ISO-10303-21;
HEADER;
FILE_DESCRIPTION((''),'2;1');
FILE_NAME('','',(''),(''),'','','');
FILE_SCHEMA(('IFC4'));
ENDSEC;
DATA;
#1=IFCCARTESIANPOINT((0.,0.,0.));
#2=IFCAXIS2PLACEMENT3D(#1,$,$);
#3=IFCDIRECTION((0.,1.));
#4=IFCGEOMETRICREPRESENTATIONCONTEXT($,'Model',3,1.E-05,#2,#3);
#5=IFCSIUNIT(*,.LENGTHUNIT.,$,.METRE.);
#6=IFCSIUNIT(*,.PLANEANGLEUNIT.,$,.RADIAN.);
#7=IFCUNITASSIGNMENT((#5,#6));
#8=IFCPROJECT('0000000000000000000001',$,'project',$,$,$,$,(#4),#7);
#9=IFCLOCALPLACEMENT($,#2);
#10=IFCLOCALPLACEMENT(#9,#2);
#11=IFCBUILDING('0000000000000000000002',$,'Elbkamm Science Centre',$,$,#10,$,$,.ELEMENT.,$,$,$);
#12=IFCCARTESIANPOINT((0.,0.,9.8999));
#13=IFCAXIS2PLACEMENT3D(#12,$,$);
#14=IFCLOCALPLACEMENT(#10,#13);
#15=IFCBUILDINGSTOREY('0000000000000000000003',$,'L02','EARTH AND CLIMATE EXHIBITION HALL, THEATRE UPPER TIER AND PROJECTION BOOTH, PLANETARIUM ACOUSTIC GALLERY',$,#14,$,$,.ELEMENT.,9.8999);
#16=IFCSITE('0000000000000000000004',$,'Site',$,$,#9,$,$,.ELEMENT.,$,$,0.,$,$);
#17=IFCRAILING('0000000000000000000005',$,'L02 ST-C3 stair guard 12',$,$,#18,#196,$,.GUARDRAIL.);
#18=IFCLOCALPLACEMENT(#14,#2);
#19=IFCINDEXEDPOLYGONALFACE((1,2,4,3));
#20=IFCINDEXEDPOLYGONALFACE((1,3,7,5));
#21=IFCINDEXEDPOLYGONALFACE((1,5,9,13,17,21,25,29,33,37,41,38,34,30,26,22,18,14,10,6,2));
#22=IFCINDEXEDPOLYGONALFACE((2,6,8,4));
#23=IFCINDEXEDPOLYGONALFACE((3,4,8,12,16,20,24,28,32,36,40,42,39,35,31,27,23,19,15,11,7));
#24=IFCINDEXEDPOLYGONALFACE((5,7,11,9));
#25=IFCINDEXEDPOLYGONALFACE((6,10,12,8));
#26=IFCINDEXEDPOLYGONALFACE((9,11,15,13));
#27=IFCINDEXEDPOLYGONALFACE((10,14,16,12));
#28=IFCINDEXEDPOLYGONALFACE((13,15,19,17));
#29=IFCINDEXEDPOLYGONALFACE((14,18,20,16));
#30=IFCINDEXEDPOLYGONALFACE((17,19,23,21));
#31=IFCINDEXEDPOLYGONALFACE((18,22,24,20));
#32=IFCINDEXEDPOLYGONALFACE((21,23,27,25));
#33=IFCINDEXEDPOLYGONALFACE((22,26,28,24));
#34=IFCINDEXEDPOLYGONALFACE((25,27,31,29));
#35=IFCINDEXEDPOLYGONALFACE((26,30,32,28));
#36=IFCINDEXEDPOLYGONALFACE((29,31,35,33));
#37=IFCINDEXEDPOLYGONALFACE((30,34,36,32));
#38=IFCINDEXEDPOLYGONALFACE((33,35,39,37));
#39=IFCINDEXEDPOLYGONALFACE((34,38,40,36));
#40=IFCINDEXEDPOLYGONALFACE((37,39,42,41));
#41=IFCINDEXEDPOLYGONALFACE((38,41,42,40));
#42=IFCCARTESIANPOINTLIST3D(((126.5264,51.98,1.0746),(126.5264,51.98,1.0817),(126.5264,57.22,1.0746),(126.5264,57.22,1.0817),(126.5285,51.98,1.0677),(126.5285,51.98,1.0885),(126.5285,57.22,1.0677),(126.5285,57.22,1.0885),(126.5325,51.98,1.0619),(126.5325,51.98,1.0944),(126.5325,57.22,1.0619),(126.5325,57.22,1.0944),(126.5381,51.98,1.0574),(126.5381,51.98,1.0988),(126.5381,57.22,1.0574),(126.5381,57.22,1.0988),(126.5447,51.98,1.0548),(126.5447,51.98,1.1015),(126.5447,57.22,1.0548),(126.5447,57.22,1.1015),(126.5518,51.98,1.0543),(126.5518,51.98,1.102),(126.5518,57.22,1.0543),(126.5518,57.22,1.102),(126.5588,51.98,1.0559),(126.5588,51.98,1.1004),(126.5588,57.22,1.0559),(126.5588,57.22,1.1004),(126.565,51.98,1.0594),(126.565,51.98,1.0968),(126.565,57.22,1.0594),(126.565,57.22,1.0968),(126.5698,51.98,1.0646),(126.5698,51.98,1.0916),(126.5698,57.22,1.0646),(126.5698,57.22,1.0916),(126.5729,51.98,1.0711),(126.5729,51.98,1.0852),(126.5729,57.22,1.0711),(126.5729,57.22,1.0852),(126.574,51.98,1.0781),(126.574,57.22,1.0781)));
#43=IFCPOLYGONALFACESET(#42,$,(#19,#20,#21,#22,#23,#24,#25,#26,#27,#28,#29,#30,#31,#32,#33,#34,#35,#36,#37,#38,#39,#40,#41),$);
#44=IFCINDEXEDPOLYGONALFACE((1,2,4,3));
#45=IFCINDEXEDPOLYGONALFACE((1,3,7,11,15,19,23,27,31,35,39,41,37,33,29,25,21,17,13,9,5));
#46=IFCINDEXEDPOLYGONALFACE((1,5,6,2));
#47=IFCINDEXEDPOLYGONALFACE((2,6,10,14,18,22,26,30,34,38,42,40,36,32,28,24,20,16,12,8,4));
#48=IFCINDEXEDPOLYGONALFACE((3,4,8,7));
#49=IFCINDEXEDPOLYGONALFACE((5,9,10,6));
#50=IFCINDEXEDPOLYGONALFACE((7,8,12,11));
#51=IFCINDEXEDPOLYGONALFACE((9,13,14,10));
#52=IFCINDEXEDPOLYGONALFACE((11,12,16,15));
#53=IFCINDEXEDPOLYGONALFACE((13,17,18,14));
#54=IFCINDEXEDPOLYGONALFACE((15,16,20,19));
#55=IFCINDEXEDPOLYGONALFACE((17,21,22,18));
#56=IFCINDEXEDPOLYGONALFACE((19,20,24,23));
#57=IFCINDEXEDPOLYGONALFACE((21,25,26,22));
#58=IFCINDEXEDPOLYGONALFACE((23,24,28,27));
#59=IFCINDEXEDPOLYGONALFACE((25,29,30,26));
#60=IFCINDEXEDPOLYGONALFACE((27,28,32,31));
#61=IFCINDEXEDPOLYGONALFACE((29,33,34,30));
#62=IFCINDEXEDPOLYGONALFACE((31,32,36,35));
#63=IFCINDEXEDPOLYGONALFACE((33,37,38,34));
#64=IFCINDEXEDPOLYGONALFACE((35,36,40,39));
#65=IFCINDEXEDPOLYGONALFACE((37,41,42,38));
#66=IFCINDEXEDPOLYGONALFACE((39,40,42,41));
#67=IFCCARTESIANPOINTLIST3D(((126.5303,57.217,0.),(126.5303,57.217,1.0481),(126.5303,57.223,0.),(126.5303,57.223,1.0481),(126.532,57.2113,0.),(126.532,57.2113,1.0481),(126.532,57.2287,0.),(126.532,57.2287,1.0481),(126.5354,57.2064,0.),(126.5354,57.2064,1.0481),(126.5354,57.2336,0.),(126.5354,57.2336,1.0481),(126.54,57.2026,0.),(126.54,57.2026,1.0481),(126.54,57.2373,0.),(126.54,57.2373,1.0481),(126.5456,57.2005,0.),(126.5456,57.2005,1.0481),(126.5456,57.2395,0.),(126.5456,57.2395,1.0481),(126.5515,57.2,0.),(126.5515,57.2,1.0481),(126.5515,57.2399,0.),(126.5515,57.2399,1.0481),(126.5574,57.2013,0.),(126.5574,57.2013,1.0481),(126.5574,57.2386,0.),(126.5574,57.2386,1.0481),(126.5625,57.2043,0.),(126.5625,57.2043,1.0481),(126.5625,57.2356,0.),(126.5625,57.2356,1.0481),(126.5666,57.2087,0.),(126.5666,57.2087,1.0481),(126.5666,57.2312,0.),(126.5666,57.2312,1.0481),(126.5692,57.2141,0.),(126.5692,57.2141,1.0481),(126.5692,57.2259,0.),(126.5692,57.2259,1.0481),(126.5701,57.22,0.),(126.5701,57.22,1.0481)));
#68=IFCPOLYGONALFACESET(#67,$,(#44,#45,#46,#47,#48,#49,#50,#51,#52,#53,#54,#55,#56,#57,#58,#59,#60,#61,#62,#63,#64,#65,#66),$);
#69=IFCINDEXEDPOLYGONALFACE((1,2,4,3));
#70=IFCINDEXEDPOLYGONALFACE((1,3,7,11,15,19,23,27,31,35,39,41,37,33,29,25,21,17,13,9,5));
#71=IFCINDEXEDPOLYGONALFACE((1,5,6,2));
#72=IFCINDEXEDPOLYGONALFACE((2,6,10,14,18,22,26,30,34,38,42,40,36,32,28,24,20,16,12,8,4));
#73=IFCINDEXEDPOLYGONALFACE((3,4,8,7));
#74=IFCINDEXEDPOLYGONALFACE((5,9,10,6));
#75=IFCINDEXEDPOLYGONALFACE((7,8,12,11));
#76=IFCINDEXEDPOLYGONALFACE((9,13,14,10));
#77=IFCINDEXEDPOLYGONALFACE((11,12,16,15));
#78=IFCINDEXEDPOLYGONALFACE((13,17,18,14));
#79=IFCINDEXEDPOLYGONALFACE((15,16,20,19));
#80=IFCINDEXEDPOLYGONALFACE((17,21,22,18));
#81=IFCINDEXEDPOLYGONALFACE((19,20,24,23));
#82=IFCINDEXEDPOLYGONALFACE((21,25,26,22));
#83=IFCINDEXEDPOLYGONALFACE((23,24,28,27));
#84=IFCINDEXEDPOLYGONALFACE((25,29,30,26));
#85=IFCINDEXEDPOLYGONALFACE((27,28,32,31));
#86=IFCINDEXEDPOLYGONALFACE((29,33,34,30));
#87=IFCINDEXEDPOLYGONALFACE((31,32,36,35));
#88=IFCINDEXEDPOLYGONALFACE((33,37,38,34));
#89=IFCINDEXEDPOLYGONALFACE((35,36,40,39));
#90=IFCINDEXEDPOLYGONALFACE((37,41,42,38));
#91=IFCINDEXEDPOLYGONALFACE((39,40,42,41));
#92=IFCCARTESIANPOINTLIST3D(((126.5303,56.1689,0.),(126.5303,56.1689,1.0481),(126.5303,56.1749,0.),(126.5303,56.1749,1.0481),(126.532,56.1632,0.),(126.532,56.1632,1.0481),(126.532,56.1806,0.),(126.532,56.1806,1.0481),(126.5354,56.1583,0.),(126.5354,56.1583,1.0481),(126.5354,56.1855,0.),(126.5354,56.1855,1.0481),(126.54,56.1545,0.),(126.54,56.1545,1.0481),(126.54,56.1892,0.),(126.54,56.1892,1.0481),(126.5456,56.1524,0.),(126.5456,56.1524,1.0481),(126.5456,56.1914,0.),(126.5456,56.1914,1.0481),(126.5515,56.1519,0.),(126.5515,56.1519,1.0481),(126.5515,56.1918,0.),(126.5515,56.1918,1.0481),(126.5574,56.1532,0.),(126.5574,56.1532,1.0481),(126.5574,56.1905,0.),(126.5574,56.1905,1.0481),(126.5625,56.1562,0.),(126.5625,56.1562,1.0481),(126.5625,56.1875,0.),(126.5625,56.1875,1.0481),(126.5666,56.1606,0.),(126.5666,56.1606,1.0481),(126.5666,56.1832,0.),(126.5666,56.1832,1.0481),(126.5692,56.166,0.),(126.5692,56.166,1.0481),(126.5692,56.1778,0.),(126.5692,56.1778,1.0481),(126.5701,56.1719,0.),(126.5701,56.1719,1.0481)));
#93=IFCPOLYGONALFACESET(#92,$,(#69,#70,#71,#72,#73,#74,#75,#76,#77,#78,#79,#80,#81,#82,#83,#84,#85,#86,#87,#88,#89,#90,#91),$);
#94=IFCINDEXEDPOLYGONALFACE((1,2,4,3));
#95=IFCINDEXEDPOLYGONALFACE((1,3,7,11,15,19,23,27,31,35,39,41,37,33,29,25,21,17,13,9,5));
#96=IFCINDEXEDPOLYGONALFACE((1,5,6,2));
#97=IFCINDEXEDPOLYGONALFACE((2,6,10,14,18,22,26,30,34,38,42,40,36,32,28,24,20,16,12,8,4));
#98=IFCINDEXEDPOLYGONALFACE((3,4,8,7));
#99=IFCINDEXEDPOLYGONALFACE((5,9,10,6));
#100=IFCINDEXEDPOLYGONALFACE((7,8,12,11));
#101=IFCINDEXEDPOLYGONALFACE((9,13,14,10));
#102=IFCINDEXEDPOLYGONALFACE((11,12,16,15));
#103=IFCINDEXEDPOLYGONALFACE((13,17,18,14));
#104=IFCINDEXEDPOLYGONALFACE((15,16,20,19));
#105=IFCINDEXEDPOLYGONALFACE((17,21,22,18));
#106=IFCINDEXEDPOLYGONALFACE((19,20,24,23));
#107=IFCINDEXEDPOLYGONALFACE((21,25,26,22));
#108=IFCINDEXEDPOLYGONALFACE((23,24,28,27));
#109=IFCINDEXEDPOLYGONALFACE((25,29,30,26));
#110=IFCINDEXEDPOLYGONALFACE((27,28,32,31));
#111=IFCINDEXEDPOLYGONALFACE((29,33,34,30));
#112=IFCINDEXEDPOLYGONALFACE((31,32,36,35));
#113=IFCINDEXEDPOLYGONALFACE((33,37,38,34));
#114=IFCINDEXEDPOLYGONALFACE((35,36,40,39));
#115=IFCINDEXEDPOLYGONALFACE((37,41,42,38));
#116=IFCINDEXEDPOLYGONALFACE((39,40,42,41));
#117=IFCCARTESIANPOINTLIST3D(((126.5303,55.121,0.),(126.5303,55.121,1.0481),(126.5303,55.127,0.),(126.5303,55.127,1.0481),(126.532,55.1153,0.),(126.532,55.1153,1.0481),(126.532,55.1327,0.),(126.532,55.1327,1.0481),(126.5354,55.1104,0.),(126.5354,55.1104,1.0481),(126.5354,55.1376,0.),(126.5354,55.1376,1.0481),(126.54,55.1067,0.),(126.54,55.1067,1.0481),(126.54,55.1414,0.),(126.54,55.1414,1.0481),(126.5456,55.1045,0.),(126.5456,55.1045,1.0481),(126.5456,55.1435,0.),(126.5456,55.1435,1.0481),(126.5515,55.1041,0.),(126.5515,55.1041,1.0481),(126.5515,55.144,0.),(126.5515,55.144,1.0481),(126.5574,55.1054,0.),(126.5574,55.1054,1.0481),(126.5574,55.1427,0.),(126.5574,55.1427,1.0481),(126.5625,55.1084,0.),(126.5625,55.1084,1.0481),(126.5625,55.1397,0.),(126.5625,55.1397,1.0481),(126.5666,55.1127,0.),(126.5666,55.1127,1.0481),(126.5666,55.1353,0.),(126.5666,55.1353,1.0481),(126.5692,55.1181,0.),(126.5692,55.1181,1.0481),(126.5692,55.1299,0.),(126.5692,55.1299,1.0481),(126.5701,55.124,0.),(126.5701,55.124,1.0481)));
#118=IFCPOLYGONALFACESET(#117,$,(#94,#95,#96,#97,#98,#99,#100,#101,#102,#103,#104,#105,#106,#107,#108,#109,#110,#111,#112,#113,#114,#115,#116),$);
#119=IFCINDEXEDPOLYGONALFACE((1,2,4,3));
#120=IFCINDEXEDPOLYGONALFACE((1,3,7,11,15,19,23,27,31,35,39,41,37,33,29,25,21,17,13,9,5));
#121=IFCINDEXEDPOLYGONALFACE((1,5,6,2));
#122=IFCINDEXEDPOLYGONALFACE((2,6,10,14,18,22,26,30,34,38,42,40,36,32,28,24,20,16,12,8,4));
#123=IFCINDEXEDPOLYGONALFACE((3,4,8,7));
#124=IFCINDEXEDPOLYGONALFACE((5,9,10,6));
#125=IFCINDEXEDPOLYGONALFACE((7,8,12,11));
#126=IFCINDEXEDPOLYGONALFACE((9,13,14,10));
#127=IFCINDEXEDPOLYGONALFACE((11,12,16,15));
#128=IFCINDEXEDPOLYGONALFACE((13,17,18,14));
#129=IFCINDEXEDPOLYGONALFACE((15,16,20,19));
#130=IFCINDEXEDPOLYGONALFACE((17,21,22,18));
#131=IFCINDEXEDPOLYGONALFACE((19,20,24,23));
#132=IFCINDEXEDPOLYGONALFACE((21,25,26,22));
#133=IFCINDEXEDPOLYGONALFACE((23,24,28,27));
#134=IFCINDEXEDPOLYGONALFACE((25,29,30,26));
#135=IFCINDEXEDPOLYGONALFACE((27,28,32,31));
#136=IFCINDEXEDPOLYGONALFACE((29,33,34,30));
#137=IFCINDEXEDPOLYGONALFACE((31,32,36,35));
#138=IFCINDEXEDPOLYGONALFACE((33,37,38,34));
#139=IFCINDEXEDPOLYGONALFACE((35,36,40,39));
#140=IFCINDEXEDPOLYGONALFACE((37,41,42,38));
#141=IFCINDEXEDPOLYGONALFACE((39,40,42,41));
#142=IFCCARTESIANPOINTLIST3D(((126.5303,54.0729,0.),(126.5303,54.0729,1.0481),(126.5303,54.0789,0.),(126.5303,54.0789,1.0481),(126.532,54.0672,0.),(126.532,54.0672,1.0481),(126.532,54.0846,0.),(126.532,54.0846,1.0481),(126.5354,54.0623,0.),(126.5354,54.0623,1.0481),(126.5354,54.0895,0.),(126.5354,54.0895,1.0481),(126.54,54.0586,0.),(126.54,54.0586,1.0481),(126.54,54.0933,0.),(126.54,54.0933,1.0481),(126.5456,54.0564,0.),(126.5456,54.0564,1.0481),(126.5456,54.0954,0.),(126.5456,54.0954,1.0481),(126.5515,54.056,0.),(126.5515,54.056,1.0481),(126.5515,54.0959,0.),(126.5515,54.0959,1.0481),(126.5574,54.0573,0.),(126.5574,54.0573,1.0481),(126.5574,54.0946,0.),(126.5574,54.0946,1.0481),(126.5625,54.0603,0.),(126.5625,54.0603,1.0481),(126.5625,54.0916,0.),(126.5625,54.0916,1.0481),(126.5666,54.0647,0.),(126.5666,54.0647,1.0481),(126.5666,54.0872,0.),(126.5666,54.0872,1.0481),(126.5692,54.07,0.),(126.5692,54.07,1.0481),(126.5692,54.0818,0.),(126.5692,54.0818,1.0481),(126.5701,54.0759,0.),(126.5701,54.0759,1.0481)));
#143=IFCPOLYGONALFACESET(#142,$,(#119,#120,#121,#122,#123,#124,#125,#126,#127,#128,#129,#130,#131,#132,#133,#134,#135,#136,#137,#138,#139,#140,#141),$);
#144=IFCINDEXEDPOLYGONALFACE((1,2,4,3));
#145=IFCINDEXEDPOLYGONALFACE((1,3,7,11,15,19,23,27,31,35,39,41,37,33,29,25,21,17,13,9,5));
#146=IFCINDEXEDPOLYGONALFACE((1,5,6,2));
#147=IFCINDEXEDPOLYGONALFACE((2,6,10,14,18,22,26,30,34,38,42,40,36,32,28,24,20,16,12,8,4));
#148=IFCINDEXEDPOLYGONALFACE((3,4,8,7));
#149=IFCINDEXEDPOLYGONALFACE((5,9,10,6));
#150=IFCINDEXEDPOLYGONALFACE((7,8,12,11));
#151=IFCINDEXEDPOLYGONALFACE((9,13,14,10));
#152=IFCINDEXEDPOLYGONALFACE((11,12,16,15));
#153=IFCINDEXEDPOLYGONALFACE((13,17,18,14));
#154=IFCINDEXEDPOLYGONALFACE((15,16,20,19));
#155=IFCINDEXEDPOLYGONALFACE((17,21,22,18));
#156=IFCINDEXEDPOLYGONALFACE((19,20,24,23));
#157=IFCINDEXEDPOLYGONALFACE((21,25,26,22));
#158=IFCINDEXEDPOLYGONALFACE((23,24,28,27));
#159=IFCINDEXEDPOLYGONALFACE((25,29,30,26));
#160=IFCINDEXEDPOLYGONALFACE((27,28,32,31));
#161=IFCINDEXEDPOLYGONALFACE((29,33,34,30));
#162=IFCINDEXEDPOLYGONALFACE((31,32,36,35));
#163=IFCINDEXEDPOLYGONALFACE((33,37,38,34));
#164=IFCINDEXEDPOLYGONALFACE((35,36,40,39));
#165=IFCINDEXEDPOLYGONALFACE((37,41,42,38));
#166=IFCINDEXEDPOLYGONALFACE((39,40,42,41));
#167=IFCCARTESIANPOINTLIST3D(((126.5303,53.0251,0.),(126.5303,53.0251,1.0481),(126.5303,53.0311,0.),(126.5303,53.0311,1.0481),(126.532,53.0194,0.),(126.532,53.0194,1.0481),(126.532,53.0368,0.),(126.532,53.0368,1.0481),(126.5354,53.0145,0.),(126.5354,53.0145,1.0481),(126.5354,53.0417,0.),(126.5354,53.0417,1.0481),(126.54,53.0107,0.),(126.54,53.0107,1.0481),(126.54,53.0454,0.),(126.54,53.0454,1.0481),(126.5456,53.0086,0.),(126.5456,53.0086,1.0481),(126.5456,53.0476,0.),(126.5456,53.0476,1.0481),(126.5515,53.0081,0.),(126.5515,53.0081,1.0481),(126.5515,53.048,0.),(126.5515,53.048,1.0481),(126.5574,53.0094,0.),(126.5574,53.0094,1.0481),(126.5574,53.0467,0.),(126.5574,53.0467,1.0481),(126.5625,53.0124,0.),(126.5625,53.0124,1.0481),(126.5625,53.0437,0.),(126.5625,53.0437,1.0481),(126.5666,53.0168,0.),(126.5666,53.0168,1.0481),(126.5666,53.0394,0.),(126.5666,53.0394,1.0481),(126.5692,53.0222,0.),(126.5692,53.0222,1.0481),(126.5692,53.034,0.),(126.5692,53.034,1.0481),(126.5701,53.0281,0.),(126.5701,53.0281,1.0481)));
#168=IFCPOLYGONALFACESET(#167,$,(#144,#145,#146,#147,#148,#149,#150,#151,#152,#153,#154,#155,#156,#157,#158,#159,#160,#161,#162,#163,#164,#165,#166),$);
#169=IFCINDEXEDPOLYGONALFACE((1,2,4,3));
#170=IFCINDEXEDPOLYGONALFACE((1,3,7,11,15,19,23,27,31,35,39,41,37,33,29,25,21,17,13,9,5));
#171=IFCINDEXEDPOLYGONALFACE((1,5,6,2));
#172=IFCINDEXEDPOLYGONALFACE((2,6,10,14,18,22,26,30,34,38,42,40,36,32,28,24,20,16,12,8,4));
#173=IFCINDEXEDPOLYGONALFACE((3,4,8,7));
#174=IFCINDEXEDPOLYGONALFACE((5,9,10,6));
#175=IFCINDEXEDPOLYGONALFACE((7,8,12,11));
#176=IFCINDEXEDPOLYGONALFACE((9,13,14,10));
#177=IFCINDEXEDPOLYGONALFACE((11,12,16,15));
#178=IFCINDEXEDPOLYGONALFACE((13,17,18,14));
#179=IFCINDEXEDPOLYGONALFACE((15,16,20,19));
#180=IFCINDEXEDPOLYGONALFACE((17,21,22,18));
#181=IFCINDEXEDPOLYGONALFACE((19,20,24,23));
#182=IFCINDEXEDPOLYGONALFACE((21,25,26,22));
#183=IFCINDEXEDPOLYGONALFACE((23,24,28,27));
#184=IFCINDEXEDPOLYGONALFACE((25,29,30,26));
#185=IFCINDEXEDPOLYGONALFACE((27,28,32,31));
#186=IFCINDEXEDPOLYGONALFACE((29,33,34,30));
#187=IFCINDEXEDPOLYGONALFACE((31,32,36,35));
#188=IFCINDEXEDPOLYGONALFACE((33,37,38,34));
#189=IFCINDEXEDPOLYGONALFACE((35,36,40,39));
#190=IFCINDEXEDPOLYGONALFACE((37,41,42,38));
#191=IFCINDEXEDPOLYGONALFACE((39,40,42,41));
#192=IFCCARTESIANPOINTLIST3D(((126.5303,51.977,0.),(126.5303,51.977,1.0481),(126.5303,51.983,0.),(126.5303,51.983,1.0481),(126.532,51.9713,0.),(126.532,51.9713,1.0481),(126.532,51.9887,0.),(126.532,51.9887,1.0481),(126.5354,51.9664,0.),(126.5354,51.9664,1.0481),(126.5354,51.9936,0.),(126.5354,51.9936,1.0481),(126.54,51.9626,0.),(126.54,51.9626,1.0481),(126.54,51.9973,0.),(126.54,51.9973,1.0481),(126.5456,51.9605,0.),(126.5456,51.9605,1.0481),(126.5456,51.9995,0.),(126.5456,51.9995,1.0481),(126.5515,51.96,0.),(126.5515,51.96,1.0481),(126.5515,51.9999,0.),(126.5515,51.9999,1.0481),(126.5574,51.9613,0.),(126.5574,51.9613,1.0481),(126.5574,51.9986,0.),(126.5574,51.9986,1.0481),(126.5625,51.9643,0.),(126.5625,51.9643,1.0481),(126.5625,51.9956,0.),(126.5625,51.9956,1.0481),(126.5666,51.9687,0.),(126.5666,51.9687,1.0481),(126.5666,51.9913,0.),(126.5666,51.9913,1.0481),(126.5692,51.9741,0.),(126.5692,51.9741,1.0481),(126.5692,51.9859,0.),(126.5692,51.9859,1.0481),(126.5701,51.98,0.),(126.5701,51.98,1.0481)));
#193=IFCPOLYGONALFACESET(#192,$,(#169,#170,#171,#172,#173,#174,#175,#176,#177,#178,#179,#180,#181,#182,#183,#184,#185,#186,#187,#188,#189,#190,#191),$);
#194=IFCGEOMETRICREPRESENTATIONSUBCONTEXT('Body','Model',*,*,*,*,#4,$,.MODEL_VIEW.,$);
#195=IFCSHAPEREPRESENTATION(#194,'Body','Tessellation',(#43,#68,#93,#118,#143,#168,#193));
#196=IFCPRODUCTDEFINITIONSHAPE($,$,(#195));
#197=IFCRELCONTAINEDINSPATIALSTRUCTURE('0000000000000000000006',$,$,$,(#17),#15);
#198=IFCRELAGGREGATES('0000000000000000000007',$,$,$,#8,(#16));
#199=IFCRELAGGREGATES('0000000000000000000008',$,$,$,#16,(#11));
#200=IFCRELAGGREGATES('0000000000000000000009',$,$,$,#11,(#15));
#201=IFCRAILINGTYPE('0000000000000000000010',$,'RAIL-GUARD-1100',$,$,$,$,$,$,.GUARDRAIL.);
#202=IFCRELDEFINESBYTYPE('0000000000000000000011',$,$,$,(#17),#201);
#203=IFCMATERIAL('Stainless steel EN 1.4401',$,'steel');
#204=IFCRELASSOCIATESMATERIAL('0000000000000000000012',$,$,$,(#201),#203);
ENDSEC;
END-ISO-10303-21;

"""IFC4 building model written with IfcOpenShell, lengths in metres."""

from ifc_helpers import new_model, si_unit, direction, frame, origin, origin_2d, place, context, subcontext, project, spatial, circle, extrude, material, type_object, element, save


model = new_model("IFC4")

# Units and contexts
model_context = context("Model", 3, precision=1e-05, world=origin(), true_north=direction((0.0, 1.0)))
body_context = subcontext(model_context, "Body", "Model", "MODEL_VIEW")
ifc_project = project(units=[si_unit("LENGTHUNIT", "METRE"), si_unit("PLANEANGLEUNIT", "RADIAN")], contexts=[model_context])

# Site, building, storey
site_placement = place(None, origin())
site = spatial("IfcSite", under=ifc_project, at=site_placement, Name="Site", CompositionType="ELEMENT", RefElevation=0.0)
building_placement = place(site_placement, origin())
building = spatial("IfcBuilding", under=site, at=building_placement, Name="Elbkamm Science Centre", CompositionType="ELEMENT")
storey_placement = place(building_placement, frame((0.0, 0.0, 9.8999)))
storey = spatial("IfcBuildingStorey", under=building, at=storey_placement, Name="L02", Description="EARTH AND CLIMATE EXHIBITION HALL, THEATRE UPPER TIER AND PROJECTION BOOTH, PLANETARIUM ACOUSTIC GALLERY", CompositionType="ELEMENT", Elevation=9.8999)

# Railing
ifc_material_1 = material(Name="Stainless steel EN 1.4401", Category="steel")
railing_type_1 = type_object("IfcRailingType", Name="RAIL-GUARD-1100", PredefinedType="GUARDRAIL", material=ifc_material_1)
railing_1_placement = place(storey_placement, frame((126.55, 57.22, 0.0)))
element("IfcRailing", 1, at=railing_1_placement, inside=storey, type_object=railing_type_1, Name="L02 ST-C3 stair guard 12", PredefinedType="GUARDRAIL", context=body_context, shape_type="SweptSolid", body=[
    extrude(circle(Radius=0.0239, at=origin_2d()), frame((0.0, 0.0, 1.0781), z_axis=(0.0, -1.0, 0.0), x_axis=(1.0, 0.0, 0.0)), (0.0, 0.0, 1.0), 5.24),
    extrude(circle(Radius=0.02, at=origin_2d()), origin(), (0.0, 0.0, 1.0), 1.0481),
    extrude(circle(Radius=0.02, at=origin_2d()), frame((0.0, -1.0481, 0.0)), (0.0, 0.0, 1.0), 1.0481),
    extrude(circle(Radius=0.02, at=origin_2d()), frame((0.0, -2.0959, 0.0)), (0.0, 0.0, 1.0), 1.0481),
    extrude(circle(Radius=0.02, at=origin_2d()), frame((0.0, -3.144, 0.0)), (0.0, 0.0, 1.0), 1.0481),
    extrude(circle(Radius=0.02, at=origin_2d()), frame((0.0, -4.1919, 0.0)), (0.0, 0.0, 1.0), 1.0481),
    extrude(circle(Radius=0.02, at=origin_2d()), frame((0.0, -5.24, 0.0)), (0.0, 0.0, 1.0), 1.0481),
])

save(model, "model.ifc")
